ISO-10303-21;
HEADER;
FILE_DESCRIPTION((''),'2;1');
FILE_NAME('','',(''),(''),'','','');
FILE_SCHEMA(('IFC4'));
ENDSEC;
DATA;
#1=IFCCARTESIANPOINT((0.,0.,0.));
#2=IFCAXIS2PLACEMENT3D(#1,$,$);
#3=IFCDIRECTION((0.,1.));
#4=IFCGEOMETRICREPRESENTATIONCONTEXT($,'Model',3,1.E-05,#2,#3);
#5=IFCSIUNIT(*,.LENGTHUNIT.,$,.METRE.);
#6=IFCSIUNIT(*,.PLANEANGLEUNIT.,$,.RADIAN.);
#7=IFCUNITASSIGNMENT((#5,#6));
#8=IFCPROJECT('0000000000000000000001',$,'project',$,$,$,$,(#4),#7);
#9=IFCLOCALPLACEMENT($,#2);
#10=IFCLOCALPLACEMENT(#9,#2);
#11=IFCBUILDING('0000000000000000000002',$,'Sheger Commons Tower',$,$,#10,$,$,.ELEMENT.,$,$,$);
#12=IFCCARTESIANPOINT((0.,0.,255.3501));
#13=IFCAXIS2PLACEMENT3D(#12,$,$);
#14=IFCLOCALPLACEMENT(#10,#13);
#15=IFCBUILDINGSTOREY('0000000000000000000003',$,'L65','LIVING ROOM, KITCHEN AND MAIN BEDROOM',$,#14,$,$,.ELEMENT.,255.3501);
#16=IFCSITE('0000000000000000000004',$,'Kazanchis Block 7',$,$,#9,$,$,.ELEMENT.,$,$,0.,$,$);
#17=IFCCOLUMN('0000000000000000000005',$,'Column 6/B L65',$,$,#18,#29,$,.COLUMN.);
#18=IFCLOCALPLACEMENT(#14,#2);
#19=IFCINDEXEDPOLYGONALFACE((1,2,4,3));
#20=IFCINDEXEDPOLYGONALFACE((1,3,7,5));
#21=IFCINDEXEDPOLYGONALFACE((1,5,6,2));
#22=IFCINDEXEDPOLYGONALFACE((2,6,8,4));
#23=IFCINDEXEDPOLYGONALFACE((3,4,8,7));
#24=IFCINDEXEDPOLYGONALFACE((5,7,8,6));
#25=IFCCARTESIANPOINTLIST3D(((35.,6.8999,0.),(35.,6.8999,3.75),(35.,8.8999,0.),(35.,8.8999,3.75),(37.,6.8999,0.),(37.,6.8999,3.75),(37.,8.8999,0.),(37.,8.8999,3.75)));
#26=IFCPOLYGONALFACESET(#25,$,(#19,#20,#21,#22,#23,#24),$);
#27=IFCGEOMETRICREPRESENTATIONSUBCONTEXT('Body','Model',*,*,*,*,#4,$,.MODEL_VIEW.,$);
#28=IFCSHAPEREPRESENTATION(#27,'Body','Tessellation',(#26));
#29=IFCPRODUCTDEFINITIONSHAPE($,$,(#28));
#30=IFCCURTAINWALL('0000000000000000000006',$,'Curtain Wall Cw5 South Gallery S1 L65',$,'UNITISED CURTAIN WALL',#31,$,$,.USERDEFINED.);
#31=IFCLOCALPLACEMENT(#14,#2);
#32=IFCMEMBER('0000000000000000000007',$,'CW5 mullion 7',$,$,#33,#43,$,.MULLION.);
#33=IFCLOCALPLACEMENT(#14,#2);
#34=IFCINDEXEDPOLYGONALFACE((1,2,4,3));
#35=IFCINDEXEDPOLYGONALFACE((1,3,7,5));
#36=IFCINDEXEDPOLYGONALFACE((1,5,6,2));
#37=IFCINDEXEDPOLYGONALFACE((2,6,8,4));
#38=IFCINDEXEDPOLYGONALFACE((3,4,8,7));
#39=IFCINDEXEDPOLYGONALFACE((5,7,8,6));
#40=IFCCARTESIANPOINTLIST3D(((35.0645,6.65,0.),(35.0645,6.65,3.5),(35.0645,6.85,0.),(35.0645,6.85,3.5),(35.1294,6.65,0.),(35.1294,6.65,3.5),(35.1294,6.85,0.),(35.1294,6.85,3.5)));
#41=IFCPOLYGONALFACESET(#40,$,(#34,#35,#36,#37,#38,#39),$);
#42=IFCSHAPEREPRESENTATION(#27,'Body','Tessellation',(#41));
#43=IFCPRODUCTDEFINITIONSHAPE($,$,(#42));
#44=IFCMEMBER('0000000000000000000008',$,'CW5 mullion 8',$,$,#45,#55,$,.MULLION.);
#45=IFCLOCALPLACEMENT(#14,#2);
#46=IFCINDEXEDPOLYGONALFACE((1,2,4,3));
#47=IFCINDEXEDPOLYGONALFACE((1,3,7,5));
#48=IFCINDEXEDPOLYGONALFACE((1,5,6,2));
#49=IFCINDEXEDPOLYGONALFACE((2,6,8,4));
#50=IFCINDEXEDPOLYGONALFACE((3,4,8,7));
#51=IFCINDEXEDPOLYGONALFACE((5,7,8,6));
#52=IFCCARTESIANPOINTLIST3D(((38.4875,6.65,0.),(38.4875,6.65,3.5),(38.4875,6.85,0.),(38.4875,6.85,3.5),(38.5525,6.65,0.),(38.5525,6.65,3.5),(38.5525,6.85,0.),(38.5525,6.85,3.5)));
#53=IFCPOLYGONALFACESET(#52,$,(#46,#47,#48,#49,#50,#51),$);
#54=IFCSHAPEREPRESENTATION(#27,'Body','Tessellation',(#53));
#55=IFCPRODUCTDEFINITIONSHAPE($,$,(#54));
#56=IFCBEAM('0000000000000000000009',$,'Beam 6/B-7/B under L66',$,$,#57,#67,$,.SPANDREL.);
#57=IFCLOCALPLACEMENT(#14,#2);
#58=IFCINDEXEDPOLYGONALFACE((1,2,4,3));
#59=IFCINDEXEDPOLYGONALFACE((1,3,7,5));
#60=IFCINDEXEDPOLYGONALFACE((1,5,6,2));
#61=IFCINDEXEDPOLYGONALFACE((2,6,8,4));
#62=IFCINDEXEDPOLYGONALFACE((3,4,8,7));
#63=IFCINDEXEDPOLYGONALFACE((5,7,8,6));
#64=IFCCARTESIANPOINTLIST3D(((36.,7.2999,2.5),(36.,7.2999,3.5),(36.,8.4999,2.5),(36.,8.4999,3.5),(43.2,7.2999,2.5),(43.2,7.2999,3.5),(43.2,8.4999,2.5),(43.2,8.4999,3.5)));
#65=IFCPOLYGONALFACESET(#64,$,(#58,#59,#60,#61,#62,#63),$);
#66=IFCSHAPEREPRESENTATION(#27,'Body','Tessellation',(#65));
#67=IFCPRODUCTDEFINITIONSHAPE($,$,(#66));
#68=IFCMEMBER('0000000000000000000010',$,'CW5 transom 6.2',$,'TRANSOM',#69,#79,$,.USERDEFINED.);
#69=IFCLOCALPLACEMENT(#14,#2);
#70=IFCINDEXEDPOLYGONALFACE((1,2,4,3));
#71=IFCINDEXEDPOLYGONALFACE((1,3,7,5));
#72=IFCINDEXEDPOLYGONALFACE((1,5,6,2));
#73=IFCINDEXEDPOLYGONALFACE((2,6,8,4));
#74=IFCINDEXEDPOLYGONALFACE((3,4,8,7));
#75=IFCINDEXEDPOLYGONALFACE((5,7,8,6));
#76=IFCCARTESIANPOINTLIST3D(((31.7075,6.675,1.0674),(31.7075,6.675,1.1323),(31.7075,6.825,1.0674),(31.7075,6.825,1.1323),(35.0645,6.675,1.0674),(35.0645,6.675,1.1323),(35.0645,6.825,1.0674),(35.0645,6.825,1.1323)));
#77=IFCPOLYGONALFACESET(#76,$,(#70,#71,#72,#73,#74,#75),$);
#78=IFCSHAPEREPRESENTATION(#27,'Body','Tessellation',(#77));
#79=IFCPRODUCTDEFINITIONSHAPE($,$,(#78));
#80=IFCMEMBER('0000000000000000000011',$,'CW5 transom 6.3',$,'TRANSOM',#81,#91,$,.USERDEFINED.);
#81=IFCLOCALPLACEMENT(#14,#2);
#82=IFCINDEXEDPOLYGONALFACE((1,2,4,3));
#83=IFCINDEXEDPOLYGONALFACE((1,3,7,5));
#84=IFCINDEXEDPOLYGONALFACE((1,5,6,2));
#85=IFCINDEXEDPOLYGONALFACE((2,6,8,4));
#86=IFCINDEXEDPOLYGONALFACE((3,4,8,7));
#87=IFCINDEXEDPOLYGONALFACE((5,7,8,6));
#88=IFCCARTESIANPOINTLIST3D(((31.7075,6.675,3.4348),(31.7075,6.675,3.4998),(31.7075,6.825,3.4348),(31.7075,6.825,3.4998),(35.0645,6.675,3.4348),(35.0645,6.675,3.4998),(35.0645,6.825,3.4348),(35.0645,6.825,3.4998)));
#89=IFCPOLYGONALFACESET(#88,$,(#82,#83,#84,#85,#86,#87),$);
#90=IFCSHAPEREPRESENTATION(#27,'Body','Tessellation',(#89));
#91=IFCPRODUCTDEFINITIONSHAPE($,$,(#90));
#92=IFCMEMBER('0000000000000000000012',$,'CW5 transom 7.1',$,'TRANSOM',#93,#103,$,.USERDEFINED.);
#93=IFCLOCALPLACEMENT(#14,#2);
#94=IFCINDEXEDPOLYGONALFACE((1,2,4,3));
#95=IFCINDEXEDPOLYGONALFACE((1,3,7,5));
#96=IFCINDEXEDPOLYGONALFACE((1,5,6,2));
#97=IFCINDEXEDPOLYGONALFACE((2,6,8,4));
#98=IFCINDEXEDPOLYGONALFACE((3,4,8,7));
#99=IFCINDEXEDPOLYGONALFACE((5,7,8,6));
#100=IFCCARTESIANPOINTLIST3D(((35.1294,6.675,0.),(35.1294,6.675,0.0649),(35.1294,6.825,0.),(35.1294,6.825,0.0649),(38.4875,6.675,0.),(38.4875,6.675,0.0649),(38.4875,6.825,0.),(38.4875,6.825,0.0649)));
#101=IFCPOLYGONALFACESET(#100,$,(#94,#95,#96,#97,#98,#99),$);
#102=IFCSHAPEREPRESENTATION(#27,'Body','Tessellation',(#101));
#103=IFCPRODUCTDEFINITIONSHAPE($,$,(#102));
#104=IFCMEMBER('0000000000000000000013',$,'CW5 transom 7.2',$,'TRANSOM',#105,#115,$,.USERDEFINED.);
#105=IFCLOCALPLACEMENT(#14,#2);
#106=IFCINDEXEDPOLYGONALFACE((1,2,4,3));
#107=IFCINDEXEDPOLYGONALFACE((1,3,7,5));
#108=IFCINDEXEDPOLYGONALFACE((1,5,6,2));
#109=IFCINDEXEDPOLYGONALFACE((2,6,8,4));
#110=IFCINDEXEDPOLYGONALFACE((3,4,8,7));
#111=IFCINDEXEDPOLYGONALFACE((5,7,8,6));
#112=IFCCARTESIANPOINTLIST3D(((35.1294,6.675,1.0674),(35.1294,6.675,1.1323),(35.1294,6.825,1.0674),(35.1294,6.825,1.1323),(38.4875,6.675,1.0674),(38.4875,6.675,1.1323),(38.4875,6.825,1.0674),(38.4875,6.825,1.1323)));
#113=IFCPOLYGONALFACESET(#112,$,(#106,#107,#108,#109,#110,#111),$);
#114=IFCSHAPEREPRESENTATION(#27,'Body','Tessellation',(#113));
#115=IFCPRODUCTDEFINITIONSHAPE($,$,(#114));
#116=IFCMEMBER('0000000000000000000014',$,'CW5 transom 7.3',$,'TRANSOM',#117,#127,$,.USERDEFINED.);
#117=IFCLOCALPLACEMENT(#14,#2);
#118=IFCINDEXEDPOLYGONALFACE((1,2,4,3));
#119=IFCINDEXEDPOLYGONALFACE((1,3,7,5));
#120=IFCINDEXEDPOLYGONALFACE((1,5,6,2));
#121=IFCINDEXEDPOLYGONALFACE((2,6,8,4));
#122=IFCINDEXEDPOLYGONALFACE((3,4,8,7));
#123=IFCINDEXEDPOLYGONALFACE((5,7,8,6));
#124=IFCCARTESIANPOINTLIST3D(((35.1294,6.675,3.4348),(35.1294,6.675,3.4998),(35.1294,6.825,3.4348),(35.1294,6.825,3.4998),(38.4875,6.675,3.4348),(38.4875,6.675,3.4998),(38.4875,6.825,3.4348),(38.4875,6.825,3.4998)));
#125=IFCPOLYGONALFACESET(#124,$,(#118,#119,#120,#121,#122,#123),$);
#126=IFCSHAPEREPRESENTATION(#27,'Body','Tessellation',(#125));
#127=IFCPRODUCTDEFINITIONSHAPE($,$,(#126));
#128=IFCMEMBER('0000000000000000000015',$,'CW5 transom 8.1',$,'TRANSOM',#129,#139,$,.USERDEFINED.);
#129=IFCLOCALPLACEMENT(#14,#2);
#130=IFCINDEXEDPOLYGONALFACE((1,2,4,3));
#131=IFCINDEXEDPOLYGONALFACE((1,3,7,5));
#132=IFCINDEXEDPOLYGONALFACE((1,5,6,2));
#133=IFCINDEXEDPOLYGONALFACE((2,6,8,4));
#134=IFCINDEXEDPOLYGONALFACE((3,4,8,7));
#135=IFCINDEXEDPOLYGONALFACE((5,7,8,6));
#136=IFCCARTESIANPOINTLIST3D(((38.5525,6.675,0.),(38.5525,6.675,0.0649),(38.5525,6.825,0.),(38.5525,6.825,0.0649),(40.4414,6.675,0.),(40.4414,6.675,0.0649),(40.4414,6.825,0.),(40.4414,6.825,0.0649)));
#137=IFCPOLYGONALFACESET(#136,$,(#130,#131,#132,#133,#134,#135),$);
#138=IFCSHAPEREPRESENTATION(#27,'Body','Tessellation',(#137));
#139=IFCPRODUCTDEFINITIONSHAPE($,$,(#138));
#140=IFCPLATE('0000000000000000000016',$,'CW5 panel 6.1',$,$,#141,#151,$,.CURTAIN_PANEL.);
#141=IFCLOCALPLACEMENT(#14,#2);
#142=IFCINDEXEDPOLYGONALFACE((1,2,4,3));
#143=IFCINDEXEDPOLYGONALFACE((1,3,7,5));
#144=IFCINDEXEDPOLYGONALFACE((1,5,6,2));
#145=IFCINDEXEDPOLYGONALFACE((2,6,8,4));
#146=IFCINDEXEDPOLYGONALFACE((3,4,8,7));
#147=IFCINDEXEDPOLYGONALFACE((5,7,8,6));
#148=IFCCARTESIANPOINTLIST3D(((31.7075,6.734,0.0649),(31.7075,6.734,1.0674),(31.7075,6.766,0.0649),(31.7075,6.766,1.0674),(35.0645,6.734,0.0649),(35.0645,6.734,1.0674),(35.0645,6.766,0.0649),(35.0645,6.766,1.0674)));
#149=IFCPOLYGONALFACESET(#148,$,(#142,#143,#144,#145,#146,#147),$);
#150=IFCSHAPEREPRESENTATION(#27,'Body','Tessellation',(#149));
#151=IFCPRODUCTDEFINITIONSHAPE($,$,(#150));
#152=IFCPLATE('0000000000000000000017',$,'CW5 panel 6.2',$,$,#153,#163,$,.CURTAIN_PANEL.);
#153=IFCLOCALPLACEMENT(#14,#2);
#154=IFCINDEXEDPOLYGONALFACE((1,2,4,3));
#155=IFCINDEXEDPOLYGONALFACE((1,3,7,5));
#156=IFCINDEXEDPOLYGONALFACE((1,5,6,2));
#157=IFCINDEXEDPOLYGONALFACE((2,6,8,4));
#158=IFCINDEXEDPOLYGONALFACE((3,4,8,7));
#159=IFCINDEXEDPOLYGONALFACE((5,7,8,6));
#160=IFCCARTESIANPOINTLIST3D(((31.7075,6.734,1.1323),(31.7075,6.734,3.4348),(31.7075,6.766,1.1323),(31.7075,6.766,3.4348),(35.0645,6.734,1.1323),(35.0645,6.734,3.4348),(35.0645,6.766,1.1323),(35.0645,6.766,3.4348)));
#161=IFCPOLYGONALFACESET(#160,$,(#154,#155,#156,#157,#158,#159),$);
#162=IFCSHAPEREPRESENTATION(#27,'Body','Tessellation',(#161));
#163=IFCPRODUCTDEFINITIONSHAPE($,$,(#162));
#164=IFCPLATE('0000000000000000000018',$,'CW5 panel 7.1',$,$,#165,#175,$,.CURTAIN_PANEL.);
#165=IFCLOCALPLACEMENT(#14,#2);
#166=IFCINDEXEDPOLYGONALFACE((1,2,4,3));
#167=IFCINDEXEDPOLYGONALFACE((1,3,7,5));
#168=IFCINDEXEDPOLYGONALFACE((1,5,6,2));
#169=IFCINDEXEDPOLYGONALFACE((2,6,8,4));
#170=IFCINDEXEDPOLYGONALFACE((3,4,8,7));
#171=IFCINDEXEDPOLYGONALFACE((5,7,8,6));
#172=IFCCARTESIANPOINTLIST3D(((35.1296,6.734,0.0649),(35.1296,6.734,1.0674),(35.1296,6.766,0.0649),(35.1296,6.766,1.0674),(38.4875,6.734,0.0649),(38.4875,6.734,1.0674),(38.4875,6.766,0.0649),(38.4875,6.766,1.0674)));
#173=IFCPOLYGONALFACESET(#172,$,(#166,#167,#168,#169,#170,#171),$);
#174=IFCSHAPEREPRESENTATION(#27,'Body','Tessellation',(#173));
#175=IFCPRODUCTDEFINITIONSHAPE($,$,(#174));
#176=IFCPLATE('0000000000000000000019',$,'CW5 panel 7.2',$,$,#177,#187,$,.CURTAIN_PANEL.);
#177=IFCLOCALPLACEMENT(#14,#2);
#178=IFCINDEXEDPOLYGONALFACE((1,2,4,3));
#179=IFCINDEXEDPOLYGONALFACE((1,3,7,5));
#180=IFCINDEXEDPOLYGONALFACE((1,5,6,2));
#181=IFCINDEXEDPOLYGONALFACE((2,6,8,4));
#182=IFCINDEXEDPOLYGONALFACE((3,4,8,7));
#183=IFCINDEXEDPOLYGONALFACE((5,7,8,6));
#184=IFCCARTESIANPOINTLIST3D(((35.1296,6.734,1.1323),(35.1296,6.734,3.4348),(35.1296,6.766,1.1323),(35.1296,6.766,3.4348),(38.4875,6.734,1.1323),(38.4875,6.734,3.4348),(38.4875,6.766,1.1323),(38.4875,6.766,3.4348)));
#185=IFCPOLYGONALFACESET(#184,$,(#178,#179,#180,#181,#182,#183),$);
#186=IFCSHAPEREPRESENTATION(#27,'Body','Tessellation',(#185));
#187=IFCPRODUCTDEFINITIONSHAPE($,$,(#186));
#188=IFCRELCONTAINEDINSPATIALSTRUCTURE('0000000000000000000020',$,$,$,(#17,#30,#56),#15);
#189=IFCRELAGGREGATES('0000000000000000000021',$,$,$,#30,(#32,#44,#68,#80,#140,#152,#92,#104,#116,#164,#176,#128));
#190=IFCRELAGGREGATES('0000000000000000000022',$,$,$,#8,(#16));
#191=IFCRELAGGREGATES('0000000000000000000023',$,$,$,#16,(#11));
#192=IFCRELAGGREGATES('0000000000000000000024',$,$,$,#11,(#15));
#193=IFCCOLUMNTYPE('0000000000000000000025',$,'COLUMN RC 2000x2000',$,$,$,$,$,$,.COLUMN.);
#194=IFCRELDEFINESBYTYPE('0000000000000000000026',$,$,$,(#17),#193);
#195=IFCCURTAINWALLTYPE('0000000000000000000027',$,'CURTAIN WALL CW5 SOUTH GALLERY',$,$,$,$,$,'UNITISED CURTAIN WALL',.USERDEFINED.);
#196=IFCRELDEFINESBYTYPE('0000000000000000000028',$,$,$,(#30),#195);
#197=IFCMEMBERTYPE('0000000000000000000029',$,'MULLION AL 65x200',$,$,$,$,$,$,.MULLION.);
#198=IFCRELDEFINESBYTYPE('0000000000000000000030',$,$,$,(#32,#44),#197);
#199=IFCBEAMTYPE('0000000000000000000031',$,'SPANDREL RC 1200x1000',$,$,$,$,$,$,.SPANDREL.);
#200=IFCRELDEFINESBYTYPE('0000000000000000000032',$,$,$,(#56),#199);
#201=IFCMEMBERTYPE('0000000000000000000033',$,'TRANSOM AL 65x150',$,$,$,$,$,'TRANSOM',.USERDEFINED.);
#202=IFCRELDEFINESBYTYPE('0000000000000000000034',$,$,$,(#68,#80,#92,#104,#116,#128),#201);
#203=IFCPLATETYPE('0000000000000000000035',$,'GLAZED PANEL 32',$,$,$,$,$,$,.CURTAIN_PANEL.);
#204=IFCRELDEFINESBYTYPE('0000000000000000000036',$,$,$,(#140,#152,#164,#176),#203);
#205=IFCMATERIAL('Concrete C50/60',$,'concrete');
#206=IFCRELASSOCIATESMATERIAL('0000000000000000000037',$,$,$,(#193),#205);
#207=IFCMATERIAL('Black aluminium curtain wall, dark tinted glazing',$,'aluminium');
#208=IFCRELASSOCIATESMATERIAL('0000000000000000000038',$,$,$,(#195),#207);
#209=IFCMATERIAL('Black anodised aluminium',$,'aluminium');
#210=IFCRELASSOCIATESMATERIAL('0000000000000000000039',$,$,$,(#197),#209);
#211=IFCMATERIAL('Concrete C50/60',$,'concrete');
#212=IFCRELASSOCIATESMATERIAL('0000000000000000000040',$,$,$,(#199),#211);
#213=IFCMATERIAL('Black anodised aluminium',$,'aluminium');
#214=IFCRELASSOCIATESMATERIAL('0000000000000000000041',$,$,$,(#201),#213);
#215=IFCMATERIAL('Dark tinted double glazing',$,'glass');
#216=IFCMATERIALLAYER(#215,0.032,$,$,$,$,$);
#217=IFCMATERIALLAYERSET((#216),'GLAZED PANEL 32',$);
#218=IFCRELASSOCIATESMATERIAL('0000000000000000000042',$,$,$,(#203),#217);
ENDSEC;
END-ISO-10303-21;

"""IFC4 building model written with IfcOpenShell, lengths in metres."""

from ifc_helpers import new_model, si_unit, direction, frame, origin, origin_2d, place, context, subcontext, project, spatial, rectangle, extrude, material, layer, layer_set, material_profile, profile_set, type_object, element, aggregate, save


model = new_model("IFC4")

# Units and contexts
model_context = context("Model", 3, precision=1e-05, world=origin(), true_north=direction((0.0, 1.0)))
body_context = subcontext(model_context, "Body", "Model", "MODEL_VIEW")
ifc_project = project(units=[si_unit("LENGTHUNIT", "METRE"), si_unit("PLANEANGLEUNIT", "RADIAN")], contexts=[model_context])

# Site, building, storey
site_placement = place(None, origin())
site = spatial("IfcSite", under=ifc_project, at=site_placement, Name="Kazanchis Block 7", CompositionType="ELEMENT", RefElevation=0.0)
building_placement = place(site_placement, origin())
building = spatial("IfcBuilding", under=site, at=building_placement, Name="Sheger Commons Tower", CompositionType="ELEMENT")
storey_placement = place(building_placement, frame((0.0, 0.0, 255.3501)))
storey = spatial("IfcBuildingStorey", under=building, at=storey_placement, Name="L65", Description="LIVING ROOM, KITCHEN AND MAIN BEDROOM", CompositionType="ELEMENT", Elevation=255.3501)

# Column
ifc_material_1 = material(Name="Concrete C50/60", Category="concrete")
ifc_material_profile_1 = material_profile(ifc_material_1, rectangle(XDim=2.0, YDim=2.0, at=origin_2d()), Name="RC 2000x2000")
ifc_profile_set_1 = profile_set([ifc_material_profile_1], Name="Concrete C50/60")
column_type = type_object("IfcColumnType", Name="COLUMN RC 2000x2000", PredefinedType="COLUMN", material=ifc_profile_set_1)
column_placement = place(storey_placement, frame((36.0, 7.8999, 0.0), z_axis=(0.0, 0.0, 1.0), x_axis=(1.0, 0.0, 0.0)))
element("IfcColumn", 1, at=column_placement, inside=storey, type_object=column_type, Name="Column 6/B L65", PredefinedType="COLUMN", context=body_context, shape_type="SweptSolid", body=[
    extrude(rectangle(XDim=2.0, YDim=2.0, at=origin_2d()), origin(), (0.0, 0.0, 1.0), 3.75),
])

# Curtain wall, members
ifc_material_2 = material(Name="Black aluminium curtain wall, dark tinted glazing", Category="aluminium")
curtain_wall_type = type_object("IfcCurtainWallType", Name="CURTAIN WALL CW5 SOUTH GALLERY", ElementType="UNITISED CURTAIN WALL", PredefinedType="USERDEFINED", material=ifc_material_2)
curtain_wall_placement = place(storey_placement, origin())
curtain_wall = element("IfcCurtainWall", 2, at=curtain_wall_placement, inside=storey, type_object=curtain_wall_type, Name="Curtain Wall Cw5 South Gallery S1 L65", ObjectType="UNITISED CURTAIN WALL", PredefinedType="USERDEFINED")
ifc_material_3 = material(Name="Black anodised aluminium", Category="aluminium")
ifc_material_profile_2 = material_profile(ifc_material_3, rectangle(XDim=0.2, YDim=0.0649, at=origin_2d()), Name="AL 65x200")
ifc_profile_set_2 = profile_set([ifc_material_profile_2], Name="Black anodised aluminium")
member_type_1 = type_object("IfcMemberType", Name="MULLION AL 65x200", PredefinedType="MULLION", material=ifc_profile_set_2)
member_1_placement = place(storey_placement, frame((35.0969, 6.75, 0.0), z_axis=(0.0, 0.0, 1.0), x_axis=(0.0, 1.0, 0.0)))
member_1 = element("IfcMember", 3, at=member_1_placement, type_object=member_type_1, Name="CW5 mullion 7", PredefinedType="MULLION", context=body_context, shape_type="SweptSolid", body=[
    extrude(rectangle(XDim=0.2, YDim=0.0649, at=origin_2d()), origin(), (0.0, 0.0, 1.0), 3.5),
])
member_2_placement = place(storey_placement, frame((38.52, 6.75, 0.0), z_axis=(0.0, 0.0, 1.0), x_axis=(0.0, 1.0, 0.0)))
member_2 = element("IfcMember", 4, at=member_2_placement, type_object=member_type_1, Name="CW5 mullion 8", PredefinedType="MULLION", context=body_context, shape_type="SweptSolid", body=[
    extrude(rectangle(XDim=0.2, YDim=0.0649, at=origin_2d()), origin(), (0.0, 0.0, 1.0), 3.5),
])

# Beam
ifc_material_4 = material(Name="Concrete C50/60", Category="concrete")
ifc_material_profile_3 = material_profile(ifc_material_4, rectangle(XDim=1.2, YDim=1.0, at=origin_2d()), Name="RC 1200x1000")
ifc_profile_set_3 = profile_set([ifc_material_profile_3], Name="Concrete C50/60")
beam_type = type_object("IfcBeamType", Name="SPANDREL RC 1200x1000", PredefinedType="SPANDREL", material=ifc_profile_set_3)
beam_placement = place(storey_placement, frame((36.0, 7.8999, 3.0), z_axis=(1.0, 0.0, 0.0), x_axis=(0.0, 1.0, 0.0)))
element("IfcBeam", 5, at=beam_placement, inside=storey, type_object=beam_type, Name="Beam 6/B-7/B under L66", PredefinedType="SPANDREL", context=body_context, shape_type="SweptSolid", body=[
    extrude(rectangle(XDim=1.2, YDim=1.0, at=origin_2d()), origin(), (0.0, 0.0, 1.0), 7.2),
])

# Members
ifc_material_5 = material(Name="Black anodised aluminium", Category="aluminium")
ifc_material_profile_4 = material_profile(ifc_material_5, rectangle(XDim=0.1499, YDim=0.0649, at=origin_2d()), Name="AL 65x150")
ifc_profile_set_4 = profile_set([ifc_material_profile_4], Name="Black anodised aluminium")
member_type_2 = type_object("IfcMemberType", Name="TRANSOM AL 65x150", ElementType="TRANSOM", PredefinedType="USERDEFINED", material=ifc_profile_set_4)
member_3_placement = place(storey_placement, frame((31.7075, 6.75, 1.0999), z_axis=(1.0, 0.0, 0.0), x_axis=(0.0, 1.0, 0.0)))
member_3 = element("IfcMember", 6, at=member_3_placement, type_object=member_type_2, Name="CW5 transom 6.2", ObjectType="TRANSOM", PredefinedType="USERDEFINED", context=body_context, shape_type="SweptSolid", body=[
    extrude(rectangle(XDim=0.1499, YDim=0.0649, at=origin_2d()), origin(), (0.0, 0.0, 1.0), 3.3569),
])
member_4_placement = place(storey_placement, frame((31.7075, 6.75, 3.4673), z_axis=(1.0, 0.0, 0.0), x_axis=(0.0, 1.0, 0.0)))
member_4 = element("IfcMember", 7, at=member_4_placement, type_object=member_type_2, Name="CW5 transom 6.3", ObjectType="TRANSOM", PredefinedType="USERDEFINED", context=body_context, shape_type="SweptSolid", body=[
    extrude(rectangle(XDim=0.1499, YDim=0.0649, at=origin_2d()), origin(), (0.0, 0.0, 1.0), 3.3569),
])
member_5_placement = place(storey_placement, frame((35.1294, 6.75, 0.0325), z_axis=(1.0, 0.0, 0.0), x_axis=(0.0, 1.0, 0.0)))
member_5 = element("IfcMember", 8, at=member_5_placement, type_object=member_type_2, Name="CW5 transom 7.1", ObjectType="TRANSOM", PredefinedType="USERDEFINED", context=body_context, shape_type="SweptSolid", body=[
    extrude(rectangle(XDim=0.1499, YDim=0.0649, at=origin_2d()), origin(), (0.0, 0.0, 1.0), 3.3582),
])
member_6_placement = place(storey_placement, frame((35.1294, 6.75, 1.0999), z_axis=(1.0, 0.0, 0.0), x_axis=(0.0, 1.0, 0.0)))
member_6 = element("IfcMember", 9, at=member_6_placement, type_object=member_type_2, Name="CW5 transom 7.2", ObjectType="TRANSOM", PredefinedType="USERDEFINED", context=body_context, shape_type="SweptSolid", body=[
    extrude(rectangle(XDim=0.1499, YDim=0.0649, at=origin_2d()), origin(), (0.0, 0.0, 1.0), 3.3582),
])
member_7_placement = place(storey_placement, frame((35.1294, 6.75, 3.4673), z_axis=(1.0, 0.0, 0.0), x_axis=(0.0, 1.0, 0.0)))
member_7 = element("IfcMember", 10, at=member_7_placement, type_object=member_type_2, Name="CW5 transom 7.3", ObjectType="TRANSOM", PredefinedType="USERDEFINED", context=body_context, shape_type="SweptSolid", body=[
    extrude(rectangle(XDim=0.1499, YDim=0.0649, at=origin_2d()), origin(), (0.0, 0.0, 1.0), 3.3582),
])
member_8_placement = place(storey_placement, frame((38.5525, 6.75, 0.0325), z_axis=(1.0, 0.0, 0.0), x_axis=(0.0, 1.0, 0.0)))
member_8 = element("IfcMember", 11, at=member_8_placement, type_object=member_type_2, Name="CW5 transom 8.1", ObjectType="TRANSOM", PredefinedType="USERDEFINED", context=body_context, shape_type="SweptSolid", body=[
    extrude(rectangle(XDim=0.1499, YDim=0.0649, at=origin_2d()), origin(), (0.0, 0.0, 1.0), 1.8889),
])

# Plates
ifc_material_6 = material(Name="Dark tinted double glazing", Category="glass")
ifc_layer_1 = layer(ifc_material_6, 0.032)
ifc_layer_set_1 = layer_set([ifc_layer_1], Name="GLAZED PANEL 32")
plate_type_1 = type_object("IfcPlateType", Name="GLAZED PANEL 32", PredefinedType="CURTAIN_PANEL", material=ifc_layer_set_1)
plate_1_placement = place(storey_placement, frame((33.386, 6.75, 0.0649), z_axis=(0.0, 0.0, 1.0), x_axis=(1.0, 0.0, 0.0)))
plate_1 = element("IfcPlate", 12, at=plate_1_placement, type_object=plate_type_1, Name="CW5 panel 6.1", PredefinedType="CURTAIN_PANEL", context=body_context, shape_type="SweptSolid", body=[
    extrude(rectangle(XDim=3.3569, YDim=0.032, at=origin_2d()), origin(), (0.0, 0.0, 1.0), 1.0024),
])
plate_2_placement = place(storey_placement, frame((33.386, 6.75, 1.1323), z_axis=(0.0, 0.0, 1.0), x_axis=(1.0, 0.0, 0.0)))
plate_2 = element("IfcPlate", 13, at=plate_2_placement, type_object=plate_type_1, Name="CW5 panel 6.2", PredefinedType="CURTAIN_PANEL", context=body_context, shape_type="SweptSolid", body=[
    extrude(rectangle(XDim=3.3569, YDim=0.032, at=origin_2d()), origin(), (0.0, 0.0, 1.0), 2.3025),
])
plate_3_placement = place(storey_placement, frame((36.8086, 6.75, 0.0649), z_axis=(0.0, 0.0, 1.0), x_axis=(1.0, 0.0, 0.0)))
plate_3 = element("IfcPlate", 14, at=plate_3_placement, type_object=plate_type_1, Name="CW5 panel 7.1", PredefinedType="CURTAIN_PANEL", context=body_context, shape_type="SweptSolid", body=[
    extrude(rectangle(XDim=3.3579, YDim=0.032, at=origin_2d()), origin(), (0.0, 0.0, 1.0), 1.0024),
])
plate_4_placement = place(storey_placement, frame((36.8086, 6.75, 1.1323), z_axis=(0.0, 0.0, 1.0), x_axis=(1.0, 0.0, 0.0)))
plate_4 = element("IfcPlate", 15, at=plate_4_placement, type_object=plate_type_1, Name="CW5 panel 7.2", PredefinedType="CURTAIN_PANEL", context=body_context, shape_type="SweptSolid", body=[
    extrude(rectangle(XDim=3.3579, YDim=0.032, at=origin_2d()), origin(), (0.0, 0.0, 1.0), 2.3025),
])
aggregate(curtain_wall, [member_1, member_2, member_3, member_4, plate_1, plate_2, member_5, member_6, member_7, plate_3, plate_4, member_8])

save(model, "model.ifc")
